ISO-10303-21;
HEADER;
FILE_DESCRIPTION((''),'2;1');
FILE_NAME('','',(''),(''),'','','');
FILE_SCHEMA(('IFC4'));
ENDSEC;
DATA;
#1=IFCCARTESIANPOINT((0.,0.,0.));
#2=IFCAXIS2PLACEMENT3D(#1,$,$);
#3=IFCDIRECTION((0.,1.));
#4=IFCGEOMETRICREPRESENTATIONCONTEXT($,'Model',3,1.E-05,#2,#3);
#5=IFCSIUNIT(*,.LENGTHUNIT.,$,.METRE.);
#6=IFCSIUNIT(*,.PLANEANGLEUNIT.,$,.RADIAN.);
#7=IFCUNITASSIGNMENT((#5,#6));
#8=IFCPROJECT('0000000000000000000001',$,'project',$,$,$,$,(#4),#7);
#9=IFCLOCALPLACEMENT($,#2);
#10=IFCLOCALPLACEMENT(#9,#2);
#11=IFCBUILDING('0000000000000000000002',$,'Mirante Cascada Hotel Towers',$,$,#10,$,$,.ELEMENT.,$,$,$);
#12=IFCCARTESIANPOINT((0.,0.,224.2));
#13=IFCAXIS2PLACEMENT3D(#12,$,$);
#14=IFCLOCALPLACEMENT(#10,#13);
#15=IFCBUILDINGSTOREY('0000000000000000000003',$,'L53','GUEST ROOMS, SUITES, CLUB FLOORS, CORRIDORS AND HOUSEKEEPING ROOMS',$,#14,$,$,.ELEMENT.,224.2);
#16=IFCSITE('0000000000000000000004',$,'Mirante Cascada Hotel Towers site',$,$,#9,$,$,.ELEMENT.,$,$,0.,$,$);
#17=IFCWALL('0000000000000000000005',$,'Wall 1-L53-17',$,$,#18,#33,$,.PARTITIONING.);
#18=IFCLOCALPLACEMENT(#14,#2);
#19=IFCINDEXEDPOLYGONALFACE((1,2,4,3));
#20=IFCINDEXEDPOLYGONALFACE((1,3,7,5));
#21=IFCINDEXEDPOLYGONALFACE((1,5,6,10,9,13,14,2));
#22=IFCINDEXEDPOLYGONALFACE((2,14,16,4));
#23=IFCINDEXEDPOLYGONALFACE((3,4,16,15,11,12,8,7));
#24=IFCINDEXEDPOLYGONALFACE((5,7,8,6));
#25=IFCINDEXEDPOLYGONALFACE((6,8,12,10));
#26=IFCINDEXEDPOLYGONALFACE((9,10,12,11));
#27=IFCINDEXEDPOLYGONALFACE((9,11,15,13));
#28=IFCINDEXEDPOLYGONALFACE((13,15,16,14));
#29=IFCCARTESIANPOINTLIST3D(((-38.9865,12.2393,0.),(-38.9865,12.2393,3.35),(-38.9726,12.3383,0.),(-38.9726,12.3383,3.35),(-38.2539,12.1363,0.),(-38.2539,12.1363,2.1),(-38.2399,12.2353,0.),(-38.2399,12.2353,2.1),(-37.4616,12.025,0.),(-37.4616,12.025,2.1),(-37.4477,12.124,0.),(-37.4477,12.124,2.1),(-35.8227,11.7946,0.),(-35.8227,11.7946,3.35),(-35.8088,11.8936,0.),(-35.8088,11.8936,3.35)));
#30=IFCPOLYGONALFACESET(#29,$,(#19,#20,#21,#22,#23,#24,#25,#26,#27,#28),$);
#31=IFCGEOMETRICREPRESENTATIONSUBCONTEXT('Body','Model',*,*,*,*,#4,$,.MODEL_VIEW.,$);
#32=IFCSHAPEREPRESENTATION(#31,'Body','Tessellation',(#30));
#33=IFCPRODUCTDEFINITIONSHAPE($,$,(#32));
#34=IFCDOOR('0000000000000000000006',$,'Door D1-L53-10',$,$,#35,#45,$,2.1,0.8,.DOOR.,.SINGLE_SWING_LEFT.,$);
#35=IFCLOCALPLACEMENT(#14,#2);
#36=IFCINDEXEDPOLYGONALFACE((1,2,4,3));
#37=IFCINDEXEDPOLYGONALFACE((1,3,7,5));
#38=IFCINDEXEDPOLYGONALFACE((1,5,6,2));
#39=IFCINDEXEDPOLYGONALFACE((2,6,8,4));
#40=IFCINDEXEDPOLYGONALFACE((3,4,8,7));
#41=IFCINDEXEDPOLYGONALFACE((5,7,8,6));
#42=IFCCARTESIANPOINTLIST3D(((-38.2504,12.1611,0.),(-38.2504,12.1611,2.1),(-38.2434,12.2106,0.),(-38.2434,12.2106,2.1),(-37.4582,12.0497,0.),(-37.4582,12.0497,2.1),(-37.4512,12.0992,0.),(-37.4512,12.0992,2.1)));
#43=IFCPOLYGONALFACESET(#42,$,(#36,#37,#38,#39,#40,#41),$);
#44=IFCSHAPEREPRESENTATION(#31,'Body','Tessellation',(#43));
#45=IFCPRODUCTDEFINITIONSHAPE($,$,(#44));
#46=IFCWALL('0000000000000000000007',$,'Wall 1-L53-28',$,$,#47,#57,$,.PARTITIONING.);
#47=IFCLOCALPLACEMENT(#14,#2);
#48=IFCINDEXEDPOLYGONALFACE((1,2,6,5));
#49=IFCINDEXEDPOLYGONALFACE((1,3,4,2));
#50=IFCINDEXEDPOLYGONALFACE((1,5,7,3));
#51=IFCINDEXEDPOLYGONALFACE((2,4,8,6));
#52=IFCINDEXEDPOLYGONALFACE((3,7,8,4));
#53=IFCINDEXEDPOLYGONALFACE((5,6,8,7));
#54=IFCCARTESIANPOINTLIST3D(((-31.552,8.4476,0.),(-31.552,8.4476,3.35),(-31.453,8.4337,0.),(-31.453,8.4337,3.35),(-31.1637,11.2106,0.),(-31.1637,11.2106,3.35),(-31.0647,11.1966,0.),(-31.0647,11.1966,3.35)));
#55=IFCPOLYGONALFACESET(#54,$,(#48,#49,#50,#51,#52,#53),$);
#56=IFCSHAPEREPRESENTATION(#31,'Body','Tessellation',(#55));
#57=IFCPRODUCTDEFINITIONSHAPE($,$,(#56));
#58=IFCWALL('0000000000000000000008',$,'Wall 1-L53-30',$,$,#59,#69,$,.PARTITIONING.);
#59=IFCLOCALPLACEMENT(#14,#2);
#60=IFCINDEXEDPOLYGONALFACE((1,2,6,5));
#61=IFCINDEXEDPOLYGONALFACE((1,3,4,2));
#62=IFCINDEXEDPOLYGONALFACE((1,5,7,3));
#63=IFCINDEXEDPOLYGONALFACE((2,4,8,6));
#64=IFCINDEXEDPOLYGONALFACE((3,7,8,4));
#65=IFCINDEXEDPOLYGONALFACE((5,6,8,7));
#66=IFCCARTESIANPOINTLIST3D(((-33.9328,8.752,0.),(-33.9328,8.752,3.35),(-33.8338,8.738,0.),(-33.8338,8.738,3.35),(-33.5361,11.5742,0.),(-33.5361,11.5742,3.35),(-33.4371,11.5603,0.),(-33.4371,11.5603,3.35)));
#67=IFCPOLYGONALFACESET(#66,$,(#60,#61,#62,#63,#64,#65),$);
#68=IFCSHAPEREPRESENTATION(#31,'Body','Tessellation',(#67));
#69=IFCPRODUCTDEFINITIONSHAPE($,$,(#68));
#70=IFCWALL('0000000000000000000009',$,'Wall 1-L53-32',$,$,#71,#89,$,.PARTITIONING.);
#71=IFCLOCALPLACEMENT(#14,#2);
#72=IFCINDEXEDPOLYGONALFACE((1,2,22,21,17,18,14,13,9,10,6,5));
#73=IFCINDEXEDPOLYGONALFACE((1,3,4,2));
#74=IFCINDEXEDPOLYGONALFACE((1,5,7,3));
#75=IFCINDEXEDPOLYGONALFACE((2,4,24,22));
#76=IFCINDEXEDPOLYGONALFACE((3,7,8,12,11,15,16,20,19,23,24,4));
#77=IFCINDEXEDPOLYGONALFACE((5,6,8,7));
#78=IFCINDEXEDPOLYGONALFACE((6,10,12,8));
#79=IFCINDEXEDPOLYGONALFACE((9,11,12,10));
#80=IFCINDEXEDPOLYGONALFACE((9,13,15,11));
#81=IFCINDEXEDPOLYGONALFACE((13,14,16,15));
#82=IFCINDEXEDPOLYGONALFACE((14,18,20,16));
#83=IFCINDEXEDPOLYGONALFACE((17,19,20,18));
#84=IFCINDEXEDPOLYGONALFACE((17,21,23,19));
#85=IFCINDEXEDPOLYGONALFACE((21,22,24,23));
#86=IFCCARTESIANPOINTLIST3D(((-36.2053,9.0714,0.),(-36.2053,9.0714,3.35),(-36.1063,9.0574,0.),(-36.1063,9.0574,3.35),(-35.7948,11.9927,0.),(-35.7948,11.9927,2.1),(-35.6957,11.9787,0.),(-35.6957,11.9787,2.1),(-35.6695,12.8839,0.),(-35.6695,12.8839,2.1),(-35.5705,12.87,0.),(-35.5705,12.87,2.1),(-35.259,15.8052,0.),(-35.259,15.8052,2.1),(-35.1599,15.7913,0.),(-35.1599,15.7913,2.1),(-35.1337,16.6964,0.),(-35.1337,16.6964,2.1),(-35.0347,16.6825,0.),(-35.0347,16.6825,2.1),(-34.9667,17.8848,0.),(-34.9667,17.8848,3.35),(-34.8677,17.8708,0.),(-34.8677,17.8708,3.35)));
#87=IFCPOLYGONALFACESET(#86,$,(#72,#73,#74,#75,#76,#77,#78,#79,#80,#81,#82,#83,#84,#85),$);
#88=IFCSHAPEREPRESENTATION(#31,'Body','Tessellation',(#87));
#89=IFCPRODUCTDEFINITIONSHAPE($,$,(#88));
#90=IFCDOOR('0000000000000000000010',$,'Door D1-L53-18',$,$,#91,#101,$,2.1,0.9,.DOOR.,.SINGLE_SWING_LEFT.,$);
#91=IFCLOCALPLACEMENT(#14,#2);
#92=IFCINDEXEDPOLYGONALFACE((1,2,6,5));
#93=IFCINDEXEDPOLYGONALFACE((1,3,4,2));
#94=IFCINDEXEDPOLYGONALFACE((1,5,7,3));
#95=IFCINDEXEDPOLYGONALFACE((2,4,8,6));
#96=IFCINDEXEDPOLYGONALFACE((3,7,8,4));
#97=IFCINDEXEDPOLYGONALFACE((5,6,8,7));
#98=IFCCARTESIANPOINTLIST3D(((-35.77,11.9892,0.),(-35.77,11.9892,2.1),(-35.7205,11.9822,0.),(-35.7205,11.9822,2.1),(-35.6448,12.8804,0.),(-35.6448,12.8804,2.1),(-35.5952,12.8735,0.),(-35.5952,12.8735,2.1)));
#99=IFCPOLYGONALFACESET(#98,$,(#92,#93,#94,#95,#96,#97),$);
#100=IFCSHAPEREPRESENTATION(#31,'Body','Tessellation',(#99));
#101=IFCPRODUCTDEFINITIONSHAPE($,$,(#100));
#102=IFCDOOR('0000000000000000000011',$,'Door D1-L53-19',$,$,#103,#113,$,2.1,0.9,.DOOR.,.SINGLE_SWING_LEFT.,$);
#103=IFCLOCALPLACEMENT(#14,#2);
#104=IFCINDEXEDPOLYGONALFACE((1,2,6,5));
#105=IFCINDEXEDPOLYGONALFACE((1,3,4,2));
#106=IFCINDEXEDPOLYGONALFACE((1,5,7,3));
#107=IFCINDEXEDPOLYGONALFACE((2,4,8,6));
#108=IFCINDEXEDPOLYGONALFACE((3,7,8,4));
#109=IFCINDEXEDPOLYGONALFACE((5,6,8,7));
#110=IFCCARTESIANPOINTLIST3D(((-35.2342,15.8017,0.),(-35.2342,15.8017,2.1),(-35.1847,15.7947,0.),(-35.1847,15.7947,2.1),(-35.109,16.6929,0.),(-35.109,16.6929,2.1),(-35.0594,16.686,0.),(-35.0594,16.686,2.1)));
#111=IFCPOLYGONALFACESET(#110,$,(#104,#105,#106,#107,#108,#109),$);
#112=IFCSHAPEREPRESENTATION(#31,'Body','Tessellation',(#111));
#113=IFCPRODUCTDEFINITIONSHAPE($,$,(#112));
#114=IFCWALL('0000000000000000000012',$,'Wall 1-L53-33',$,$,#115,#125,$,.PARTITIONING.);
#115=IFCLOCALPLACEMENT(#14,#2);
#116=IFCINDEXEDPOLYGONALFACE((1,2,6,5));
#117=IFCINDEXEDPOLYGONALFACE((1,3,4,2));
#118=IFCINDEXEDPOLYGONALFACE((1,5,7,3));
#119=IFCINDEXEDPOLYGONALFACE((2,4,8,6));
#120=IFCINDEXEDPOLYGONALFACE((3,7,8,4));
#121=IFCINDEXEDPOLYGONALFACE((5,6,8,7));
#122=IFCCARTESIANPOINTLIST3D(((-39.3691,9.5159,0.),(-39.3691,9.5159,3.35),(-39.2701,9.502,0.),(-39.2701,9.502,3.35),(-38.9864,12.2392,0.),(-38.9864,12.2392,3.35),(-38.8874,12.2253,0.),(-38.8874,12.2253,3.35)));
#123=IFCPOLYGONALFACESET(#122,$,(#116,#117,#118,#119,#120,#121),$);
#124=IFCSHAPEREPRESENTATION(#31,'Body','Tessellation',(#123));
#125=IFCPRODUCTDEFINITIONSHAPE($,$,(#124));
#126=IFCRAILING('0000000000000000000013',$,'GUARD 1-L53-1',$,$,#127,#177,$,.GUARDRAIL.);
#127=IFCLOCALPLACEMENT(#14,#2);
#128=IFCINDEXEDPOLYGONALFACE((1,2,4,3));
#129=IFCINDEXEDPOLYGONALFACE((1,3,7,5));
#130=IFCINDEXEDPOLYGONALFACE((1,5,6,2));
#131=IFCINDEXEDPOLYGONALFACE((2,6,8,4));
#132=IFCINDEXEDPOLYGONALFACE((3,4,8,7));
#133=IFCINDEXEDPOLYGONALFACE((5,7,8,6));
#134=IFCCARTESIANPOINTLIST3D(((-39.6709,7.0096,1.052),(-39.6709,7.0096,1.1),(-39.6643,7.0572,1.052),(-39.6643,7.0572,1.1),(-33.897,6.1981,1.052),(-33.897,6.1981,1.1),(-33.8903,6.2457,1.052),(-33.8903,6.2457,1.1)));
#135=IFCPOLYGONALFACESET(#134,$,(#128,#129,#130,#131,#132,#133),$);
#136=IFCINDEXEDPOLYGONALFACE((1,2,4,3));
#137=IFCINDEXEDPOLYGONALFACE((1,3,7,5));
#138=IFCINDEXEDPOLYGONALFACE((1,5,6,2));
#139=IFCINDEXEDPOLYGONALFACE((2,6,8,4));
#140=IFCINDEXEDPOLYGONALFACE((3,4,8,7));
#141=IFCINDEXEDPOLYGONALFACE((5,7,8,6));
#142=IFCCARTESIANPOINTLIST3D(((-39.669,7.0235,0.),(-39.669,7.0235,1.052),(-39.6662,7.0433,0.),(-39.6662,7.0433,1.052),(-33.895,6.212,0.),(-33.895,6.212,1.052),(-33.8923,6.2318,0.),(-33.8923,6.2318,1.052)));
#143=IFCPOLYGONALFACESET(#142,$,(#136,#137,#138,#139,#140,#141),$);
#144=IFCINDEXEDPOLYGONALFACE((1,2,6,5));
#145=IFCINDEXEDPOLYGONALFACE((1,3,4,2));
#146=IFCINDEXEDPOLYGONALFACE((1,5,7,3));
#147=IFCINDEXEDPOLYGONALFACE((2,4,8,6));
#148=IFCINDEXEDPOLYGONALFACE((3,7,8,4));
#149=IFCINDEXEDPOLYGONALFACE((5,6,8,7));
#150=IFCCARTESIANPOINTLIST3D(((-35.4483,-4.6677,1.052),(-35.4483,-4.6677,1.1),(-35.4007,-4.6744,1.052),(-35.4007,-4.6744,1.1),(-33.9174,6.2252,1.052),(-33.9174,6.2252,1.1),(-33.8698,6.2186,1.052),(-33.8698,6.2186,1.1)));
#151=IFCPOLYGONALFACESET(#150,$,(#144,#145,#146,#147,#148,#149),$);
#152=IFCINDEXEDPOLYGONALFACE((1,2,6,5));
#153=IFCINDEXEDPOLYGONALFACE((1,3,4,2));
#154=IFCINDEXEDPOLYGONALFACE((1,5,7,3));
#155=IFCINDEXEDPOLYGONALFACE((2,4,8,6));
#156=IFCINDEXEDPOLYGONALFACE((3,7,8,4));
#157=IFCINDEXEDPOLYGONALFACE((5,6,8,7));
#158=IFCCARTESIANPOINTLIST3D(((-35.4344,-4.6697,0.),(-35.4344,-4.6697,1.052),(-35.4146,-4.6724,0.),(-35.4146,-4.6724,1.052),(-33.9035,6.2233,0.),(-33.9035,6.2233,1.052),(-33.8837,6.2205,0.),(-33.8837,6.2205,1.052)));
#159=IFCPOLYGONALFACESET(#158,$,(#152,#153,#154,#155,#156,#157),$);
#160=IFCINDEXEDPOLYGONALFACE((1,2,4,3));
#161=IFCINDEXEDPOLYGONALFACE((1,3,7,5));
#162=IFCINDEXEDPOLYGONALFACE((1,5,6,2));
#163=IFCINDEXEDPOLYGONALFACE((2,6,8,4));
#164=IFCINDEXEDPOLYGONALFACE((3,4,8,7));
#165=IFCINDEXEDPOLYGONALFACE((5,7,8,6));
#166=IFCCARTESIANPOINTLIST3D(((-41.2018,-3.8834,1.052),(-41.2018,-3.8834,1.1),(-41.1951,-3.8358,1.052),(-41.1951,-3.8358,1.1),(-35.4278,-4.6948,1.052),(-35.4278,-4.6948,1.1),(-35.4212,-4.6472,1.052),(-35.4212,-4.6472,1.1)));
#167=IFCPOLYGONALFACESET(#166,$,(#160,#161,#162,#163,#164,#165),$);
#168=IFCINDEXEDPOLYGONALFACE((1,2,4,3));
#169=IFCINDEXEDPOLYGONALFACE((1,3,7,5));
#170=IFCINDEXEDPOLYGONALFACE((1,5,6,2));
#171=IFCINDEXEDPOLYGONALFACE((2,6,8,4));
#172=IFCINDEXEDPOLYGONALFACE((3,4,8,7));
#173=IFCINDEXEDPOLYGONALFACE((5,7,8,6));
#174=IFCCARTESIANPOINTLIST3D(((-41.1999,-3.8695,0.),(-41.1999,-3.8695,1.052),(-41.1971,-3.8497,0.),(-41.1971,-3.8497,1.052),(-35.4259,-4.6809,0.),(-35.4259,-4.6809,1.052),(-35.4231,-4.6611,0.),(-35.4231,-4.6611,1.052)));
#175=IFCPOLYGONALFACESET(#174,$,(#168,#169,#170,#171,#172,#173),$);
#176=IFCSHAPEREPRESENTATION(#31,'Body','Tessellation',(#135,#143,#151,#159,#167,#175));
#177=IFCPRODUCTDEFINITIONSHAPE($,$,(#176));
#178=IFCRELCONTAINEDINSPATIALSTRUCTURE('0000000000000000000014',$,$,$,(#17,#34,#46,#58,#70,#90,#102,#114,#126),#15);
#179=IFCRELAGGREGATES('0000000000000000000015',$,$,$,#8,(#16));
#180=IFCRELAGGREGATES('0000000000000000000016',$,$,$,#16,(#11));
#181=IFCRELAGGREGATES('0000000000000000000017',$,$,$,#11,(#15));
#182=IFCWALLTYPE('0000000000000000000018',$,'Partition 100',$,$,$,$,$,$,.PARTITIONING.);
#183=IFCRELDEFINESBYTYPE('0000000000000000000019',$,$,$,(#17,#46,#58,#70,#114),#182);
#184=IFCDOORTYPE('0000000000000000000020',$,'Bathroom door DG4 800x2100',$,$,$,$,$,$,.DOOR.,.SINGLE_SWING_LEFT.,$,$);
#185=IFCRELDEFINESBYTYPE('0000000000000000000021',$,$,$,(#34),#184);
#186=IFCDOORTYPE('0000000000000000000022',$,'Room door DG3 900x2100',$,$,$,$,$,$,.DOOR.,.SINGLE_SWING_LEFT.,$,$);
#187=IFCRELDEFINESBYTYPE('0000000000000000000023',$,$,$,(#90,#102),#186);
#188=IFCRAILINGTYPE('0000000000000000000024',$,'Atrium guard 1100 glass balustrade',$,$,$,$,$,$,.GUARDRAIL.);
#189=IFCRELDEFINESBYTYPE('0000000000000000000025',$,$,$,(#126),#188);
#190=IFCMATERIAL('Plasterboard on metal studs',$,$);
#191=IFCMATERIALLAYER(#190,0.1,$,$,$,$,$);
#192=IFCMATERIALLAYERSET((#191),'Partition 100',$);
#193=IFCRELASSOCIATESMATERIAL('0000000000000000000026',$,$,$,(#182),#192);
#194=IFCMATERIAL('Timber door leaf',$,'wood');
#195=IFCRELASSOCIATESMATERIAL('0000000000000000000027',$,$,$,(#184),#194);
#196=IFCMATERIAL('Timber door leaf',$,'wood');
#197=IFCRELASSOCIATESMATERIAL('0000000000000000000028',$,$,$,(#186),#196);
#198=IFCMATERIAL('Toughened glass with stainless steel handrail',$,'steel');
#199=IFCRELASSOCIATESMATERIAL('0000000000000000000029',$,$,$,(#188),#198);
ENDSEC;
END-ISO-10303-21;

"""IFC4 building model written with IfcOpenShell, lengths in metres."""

from ifc_helpers import new_model, si_unit, direction, frame, frame_2d, origin, origin_2d, place, context, subcontext, project, spatial, rectangle, extrude, material, layer, layer_set, type_object, element, fill, save


model = new_model("IFC4")

# Units and contexts
model_context = context("Model", 3, precision=1e-05, world=origin(), true_north=direction((0.0, 1.0)))
body_context = subcontext(model_context, "Body", "Model", "MODEL_VIEW")
ifc_project = project(units=[si_unit("LENGTHUNIT", "METRE"), si_unit("PLANEANGLEUNIT", "RADIAN")], contexts=[model_context])

# Site, building, storey
site_placement = place(None, origin())
site = spatial("IfcSite", under=ifc_project, at=site_placement, Name="Mirante Cascada Hotel Towers site", CompositionType="ELEMENT", RefElevation=0.0)
building_placement = place(site_placement, origin())
building = spatial("IfcBuilding", under=site, at=building_placement, Name="Mirante Cascada Hotel Towers", CompositionType="ELEMENT")
storey_placement = place(building_placement, frame((0.0, 0.0, 224.2)))
storey = spatial("IfcBuildingStorey", under=building, at=storey_placement, Name="L53", Description="GUEST ROOMS, SUITES, CLUB FLOORS, CORRIDORS AND HOUSEKEEPING ROOMS", CompositionType="ELEMENT", Elevation=224.2)

# Wall, opening, door
ifc_material_1 = material(Name="Plasterboard on metal studs")
ifc_layer_1 = layer(ifc_material_1, 0.1)
ifc_layer_set_1 = layer_set([ifc_layer_1], Name="Partition 100")
wall_type_1 = type_object("IfcWallType", Name="Partition 100", PredefinedType="PARTITIONING", material=ifc_layer_set_1)
ifc_material_2 = material(Name="Timber door leaf", Category="wood")
door_type_1 = type_object("IfcDoorType", Name="Bathroom door DG4 800x2100", OperationType="SINGLE_SWING_LEFT", PredefinedType="DOOR", material=ifc_material_2)
wall_1_placement = place(storey_placement, frame((-38.9795, 12.2888, 0.0), z_axis=(0.0, 0.0, 1.0), x_axis=(0.990266, -0.139191, 0.0)))
wall_1 = element("IfcWall", 1, at=wall_1_placement, inside=storey, type_object=wall_type_1, Name="Wall 1-L53-17", PredefinedType="PARTITIONING", context=body_context, shape_type="SweptSolid", body=[
    extrude(rectangle(XDim=3.1949, YDim=0.1, at=frame_2d((1.5974, 0.0))), origin(), (0.0, 0.0, 1.0), 3.35),
])
opening_1_placement = place(wall_1_placement, frame((0.7398, 0.0, 0.0)))
opening_1 = element("IfcOpeningElement", 2, at=opening_1_placement, cuts=wall_1, PredefinedType="OPENING", context=body_context, shape_type="SweptSolid", body=[
    extrude(rectangle(XDim=0.8, YDim=2.1, at=frame_2d((0.4, 1.05))), frame((0.0, 0.05, 0.0), z_axis=(0.0, -1.0, 0.0), x_axis=(1.0, 0.0, 0.0)), (0.0, 0.0, 1.0), 0.1),
])
door_1_placement = place(opening_1_placement, origin())
door_1 = element("IfcDoor", 3, at=door_1_placement, inside=storey, type_object=door_type_1, Name="Door D1-L53-10", OperationType="SINGLE_SWING_LEFT", OverallHeight=2.1, OverallWidth=0.8, PredefinedType="DOOR", context=body_context, shape_type="SweptSolid", body=[
    extrude(rectangle(XDim=0.8, YDim=2.1, at=frame_2d((0.4, 1.05))), frame((0.0, 0.025, 0.0), z_axis=(0.0, -1.0, 0.0), x_axis=(1.0, 0.0, 0.0)), (0.0, 0.0, 1.0), 0.05),
])
fill(opening_1, door_1)

# Walls
wall_2_placement = place(storey_placement, frame((-31.5025, 8.4407, 0.0), z_axis=(0.0, 0.0, 1.0), x_axis=(0.139173, 0.990268, 0.0)))
element("IfcWall", 4, at=wall_2_placement, inside=storey, type_object=wall_type_1, Name="Wall 1-L53-28", PredefinedType="PARTITIONING", context=body_context, shape_type="SweptSolid", body=[
    extrude(rectangle(XDim=2.7901, YDim=0.1, at=frame_2d((1.395, 0.0))), origin(), (0.0, 0.0, 1.0), 3.35),
])
wall_3_placement = place(storey_placement, frame((-33.8833, 8.745, 0.0), z_axis=(0.0, 0.0, 1.0), x_axis=(0.139191, 0.990266, 0.0)))
element("IfcWall", 5, at=wall_3_placement, inside=storey, type_object=wall_type_1, Name="Wall 1-L53-30", PredefinedType="PARTITIONING", context=body_context, shape_type="SweptSolid", body=[
    extrude(rectangle(XDim=2.85, YDim=0.1, at=frame_2d((1.425, 0.0))), origin(), (0.0, 0.0, 1.0), 3.35),
])

# Wall, openings, doors
wall_4_placement = place(storey_placement, frame((-36.1558, 9.0644, 0.0), z_axis=(0.0, 0.0, 1.0), x_axis=(0.139168, 0.990269, 0.0)))
wall_4 = element("IfcWall", 6, at=wall_4_placement, inside=storey, type_object=wall_type_1, Name="Wall 1-L53-32", PredefinedType="PARTITIONING", context=body_context, shape_type="SweptSolid", body=[
    extrude(rectangle(XDim=8.9, YDim=0.1, at=frame_2d((4.45, 0.0))), origin(), (0.0, 0.0, 1.0), 3.35),
])
opening_2_placement = place(wall_4_placement, frame((2.95, 0.0, 0.0)))
opening_2 = element("IfcOpeningElement", 7, at=opening_2_placement, cuts=wall_4, PredefinedType="OPENING", context=body_context, shape_type="SweptSolid", body=[
    extrude(rectangle(XDim=0.9, YDim=2.1, at=frame_2d((0.45, 1.05))), frame((0.0, 0.05, 0.0), z_axis=(0.0, -1.0, 0.0), x_axis=(1.0, 0.0, 0.0)), (0.0, 0.0, 1.0), 0.1),
])
opening_3_placement = place(wall_4_placement, frame((6.8, 0.0, 0.0)))
opening_3 = element("IfcOpeningElement", 8, at=opening_3_placement, cuts=wall_4, PredefinedType="OPENING", context=body_context, shape_type="SweptSolid", body=[
    extrude(rectangle(XDim=0.9, YDim=2.1, at=frame_2d((0.45, 1.05))), frame((0.0, 0.05, 0.0), z_axis=(0.0, -1.0, 0.0), x_axis=(1.0, 0.0, 0.0)), (0.0, 0.0, 1.0), 0.1),
])
ifc_material_3 = material(Name="Timber door leaf", Category="wood")
door_type_2 = type_object("IfcDoorType", Name="Room door DG3 900x2100", OperationType="SINGLE_SWING_LEFT", PredefinedType="DOOR", material=ifc_material_3)
door_2_placement = place(opening_2_placement, origin())
door_2 = element("IfcDoor", 9, at=door_2_placement, inside=storey, type_object=door_type_2, Name="Door D1-L53-18", OperationType="SINGLE_SWING_LEFT", OverallHeight=2.1, OverallWidth=0.9, PredefinedType="DOOR", context=body_context, shape_type="SweptSolid", body=[
    extrude(rectangle(XDim=0.9, YDim=2.1, at=frame_2d((0.45, 1.05))), frame((0.0, 0.025, 0.0), z_axis=(0.0, -1.0, 0.0), x_axis=(1.0, 0.0, 0.0)), (0.0, 0.0, 1.0), 0.05),
])
fill(opening_2, door_2)
door_3_placement = place(opening_3_placement, origin())
door_3 = element("IfcDoor", 10, at=door_3_placement, inside=storey, type_object=door_type_2, Name="Door D1-L53-19", OperationType="SINGLE_SWING_LEFT", OverallHeight=2.1, OverallWidth=0.9, PredefinedType="DOOR", context=body_context, shape_type="SweptSolid", body=[
    extrude(rectangle(XDim=0.9, YDim=2.1, at=frame_2d((0.45, 1.05))), frame((0.0, 0.025, 0.0), z_axis=(0.0, -1.0, 0.0), x_axis=(1.0, 0.0, 0.0)), (0.0, 0.0, 1.0), 0.05),
])
fill(opening_3, door_3)

# Wall
wall_5_placement = place(storey_placement, frame((-38.9369, 12.2323, 0.0), z_axis=(0.0, 0.0, 1.0), x_axis=(-0.139161, -0.99027, 0.0)))
element("IfcWall", 11, at=wall_5_placement, inside=storey, type_object=wall_type_1, Name="Wall 1-L53-33", PredefinedType="PARTITIONING", context=body_context, shape_type="SweptSolid", body=[
    extrude(rectangle(XDim=2.7501, YDim=0.1, at=frame_2d((1.3751, 0.0))), origin(), (0.0, 0.0, 1.0), 3.35),
])

# Railing
ifc_material_4 = material(Name="Toughened glass with stainless steel handrail", Category="steel")
railing_type = type_object("IfcRailingType", Name="Atrium guard 1100 glass balustrade", PredefinedType="GUARDRAIL", material=ifc_material_4)
railing_1_placement = place(storey_placement, frame((-39.6676, 7.0334, 0.0)))
element("IfcRailing", 12, at=railing_1_placement, inside=storey, type_object=railing_type, Name="GUARD 1-L53-1", PredefinedType="GUARDRAIL", context=body_context, shape_type="SweptSolid", body=[
    extrude(rectangle(XDim=0.048, YDim=0.048, at=origin_2d()), frame((0.0, 0.0, 1.076), z_axis=(0.990268, -0.139176, 0.0), x_axis=(0.139176, 0.990268, 0.0)), (0.0, 0.0, 1.0), 5.8307),
    extrude(rectangle(XDim=0.02, YDim=1.052, at=origin_2d()), frame((0.0, 0.0, 0.526), z_axis=(0.990268, -0.139176, 0.0), x_axis=(0.139176, 0.990268, 0.0)), (0.0, 0.0, 1.0), 5.8307),
    extrude(rectangle(XDim=0.048, YDim=0.048, at=origin_2d()), frame((5.774, -0.8115, 1.076), z_axis=(-0.139173, -0.990268, 0.0), x_axis=(0.990268, -0.139173, 0.0)), (0.0, 0.0, 1.0), 11.0),
    extrude(rectangle(XDim=0.02, YDim=1.052, at=origin_2d()), frame((5.774, -0.8115, 0.526), z_axis=(-0.139173, -0.990268, 0.0), x_axis=(0.990268, -0.139173, 0.0)), (0.0, 0.0, 1.0), 11.0),
    extrude(rectangle(XDim=0.048, YDim=0.048, at=origin_2d()), frame((4.2431, -11.7044, 1.076), z_axis=(-0.99027, 0.139159, 0.0), x_axis=(-0.139159, -0.99027, 0.0)), (0.0, 0.0, 1.0), 5.8307),
    extrude(rectangle(XDim=0.02, YDim=1.052, at=origin_2d()), frame((4.2431, -11.7044, 0.526), z_axis=(-0.99027, 0.139159, 0.0), x_axis=(-0.139159, -0.99027, 0.0)), (0.0, 0.0, 1.0), 5.8307),
])

save(model, "model.ifc")
